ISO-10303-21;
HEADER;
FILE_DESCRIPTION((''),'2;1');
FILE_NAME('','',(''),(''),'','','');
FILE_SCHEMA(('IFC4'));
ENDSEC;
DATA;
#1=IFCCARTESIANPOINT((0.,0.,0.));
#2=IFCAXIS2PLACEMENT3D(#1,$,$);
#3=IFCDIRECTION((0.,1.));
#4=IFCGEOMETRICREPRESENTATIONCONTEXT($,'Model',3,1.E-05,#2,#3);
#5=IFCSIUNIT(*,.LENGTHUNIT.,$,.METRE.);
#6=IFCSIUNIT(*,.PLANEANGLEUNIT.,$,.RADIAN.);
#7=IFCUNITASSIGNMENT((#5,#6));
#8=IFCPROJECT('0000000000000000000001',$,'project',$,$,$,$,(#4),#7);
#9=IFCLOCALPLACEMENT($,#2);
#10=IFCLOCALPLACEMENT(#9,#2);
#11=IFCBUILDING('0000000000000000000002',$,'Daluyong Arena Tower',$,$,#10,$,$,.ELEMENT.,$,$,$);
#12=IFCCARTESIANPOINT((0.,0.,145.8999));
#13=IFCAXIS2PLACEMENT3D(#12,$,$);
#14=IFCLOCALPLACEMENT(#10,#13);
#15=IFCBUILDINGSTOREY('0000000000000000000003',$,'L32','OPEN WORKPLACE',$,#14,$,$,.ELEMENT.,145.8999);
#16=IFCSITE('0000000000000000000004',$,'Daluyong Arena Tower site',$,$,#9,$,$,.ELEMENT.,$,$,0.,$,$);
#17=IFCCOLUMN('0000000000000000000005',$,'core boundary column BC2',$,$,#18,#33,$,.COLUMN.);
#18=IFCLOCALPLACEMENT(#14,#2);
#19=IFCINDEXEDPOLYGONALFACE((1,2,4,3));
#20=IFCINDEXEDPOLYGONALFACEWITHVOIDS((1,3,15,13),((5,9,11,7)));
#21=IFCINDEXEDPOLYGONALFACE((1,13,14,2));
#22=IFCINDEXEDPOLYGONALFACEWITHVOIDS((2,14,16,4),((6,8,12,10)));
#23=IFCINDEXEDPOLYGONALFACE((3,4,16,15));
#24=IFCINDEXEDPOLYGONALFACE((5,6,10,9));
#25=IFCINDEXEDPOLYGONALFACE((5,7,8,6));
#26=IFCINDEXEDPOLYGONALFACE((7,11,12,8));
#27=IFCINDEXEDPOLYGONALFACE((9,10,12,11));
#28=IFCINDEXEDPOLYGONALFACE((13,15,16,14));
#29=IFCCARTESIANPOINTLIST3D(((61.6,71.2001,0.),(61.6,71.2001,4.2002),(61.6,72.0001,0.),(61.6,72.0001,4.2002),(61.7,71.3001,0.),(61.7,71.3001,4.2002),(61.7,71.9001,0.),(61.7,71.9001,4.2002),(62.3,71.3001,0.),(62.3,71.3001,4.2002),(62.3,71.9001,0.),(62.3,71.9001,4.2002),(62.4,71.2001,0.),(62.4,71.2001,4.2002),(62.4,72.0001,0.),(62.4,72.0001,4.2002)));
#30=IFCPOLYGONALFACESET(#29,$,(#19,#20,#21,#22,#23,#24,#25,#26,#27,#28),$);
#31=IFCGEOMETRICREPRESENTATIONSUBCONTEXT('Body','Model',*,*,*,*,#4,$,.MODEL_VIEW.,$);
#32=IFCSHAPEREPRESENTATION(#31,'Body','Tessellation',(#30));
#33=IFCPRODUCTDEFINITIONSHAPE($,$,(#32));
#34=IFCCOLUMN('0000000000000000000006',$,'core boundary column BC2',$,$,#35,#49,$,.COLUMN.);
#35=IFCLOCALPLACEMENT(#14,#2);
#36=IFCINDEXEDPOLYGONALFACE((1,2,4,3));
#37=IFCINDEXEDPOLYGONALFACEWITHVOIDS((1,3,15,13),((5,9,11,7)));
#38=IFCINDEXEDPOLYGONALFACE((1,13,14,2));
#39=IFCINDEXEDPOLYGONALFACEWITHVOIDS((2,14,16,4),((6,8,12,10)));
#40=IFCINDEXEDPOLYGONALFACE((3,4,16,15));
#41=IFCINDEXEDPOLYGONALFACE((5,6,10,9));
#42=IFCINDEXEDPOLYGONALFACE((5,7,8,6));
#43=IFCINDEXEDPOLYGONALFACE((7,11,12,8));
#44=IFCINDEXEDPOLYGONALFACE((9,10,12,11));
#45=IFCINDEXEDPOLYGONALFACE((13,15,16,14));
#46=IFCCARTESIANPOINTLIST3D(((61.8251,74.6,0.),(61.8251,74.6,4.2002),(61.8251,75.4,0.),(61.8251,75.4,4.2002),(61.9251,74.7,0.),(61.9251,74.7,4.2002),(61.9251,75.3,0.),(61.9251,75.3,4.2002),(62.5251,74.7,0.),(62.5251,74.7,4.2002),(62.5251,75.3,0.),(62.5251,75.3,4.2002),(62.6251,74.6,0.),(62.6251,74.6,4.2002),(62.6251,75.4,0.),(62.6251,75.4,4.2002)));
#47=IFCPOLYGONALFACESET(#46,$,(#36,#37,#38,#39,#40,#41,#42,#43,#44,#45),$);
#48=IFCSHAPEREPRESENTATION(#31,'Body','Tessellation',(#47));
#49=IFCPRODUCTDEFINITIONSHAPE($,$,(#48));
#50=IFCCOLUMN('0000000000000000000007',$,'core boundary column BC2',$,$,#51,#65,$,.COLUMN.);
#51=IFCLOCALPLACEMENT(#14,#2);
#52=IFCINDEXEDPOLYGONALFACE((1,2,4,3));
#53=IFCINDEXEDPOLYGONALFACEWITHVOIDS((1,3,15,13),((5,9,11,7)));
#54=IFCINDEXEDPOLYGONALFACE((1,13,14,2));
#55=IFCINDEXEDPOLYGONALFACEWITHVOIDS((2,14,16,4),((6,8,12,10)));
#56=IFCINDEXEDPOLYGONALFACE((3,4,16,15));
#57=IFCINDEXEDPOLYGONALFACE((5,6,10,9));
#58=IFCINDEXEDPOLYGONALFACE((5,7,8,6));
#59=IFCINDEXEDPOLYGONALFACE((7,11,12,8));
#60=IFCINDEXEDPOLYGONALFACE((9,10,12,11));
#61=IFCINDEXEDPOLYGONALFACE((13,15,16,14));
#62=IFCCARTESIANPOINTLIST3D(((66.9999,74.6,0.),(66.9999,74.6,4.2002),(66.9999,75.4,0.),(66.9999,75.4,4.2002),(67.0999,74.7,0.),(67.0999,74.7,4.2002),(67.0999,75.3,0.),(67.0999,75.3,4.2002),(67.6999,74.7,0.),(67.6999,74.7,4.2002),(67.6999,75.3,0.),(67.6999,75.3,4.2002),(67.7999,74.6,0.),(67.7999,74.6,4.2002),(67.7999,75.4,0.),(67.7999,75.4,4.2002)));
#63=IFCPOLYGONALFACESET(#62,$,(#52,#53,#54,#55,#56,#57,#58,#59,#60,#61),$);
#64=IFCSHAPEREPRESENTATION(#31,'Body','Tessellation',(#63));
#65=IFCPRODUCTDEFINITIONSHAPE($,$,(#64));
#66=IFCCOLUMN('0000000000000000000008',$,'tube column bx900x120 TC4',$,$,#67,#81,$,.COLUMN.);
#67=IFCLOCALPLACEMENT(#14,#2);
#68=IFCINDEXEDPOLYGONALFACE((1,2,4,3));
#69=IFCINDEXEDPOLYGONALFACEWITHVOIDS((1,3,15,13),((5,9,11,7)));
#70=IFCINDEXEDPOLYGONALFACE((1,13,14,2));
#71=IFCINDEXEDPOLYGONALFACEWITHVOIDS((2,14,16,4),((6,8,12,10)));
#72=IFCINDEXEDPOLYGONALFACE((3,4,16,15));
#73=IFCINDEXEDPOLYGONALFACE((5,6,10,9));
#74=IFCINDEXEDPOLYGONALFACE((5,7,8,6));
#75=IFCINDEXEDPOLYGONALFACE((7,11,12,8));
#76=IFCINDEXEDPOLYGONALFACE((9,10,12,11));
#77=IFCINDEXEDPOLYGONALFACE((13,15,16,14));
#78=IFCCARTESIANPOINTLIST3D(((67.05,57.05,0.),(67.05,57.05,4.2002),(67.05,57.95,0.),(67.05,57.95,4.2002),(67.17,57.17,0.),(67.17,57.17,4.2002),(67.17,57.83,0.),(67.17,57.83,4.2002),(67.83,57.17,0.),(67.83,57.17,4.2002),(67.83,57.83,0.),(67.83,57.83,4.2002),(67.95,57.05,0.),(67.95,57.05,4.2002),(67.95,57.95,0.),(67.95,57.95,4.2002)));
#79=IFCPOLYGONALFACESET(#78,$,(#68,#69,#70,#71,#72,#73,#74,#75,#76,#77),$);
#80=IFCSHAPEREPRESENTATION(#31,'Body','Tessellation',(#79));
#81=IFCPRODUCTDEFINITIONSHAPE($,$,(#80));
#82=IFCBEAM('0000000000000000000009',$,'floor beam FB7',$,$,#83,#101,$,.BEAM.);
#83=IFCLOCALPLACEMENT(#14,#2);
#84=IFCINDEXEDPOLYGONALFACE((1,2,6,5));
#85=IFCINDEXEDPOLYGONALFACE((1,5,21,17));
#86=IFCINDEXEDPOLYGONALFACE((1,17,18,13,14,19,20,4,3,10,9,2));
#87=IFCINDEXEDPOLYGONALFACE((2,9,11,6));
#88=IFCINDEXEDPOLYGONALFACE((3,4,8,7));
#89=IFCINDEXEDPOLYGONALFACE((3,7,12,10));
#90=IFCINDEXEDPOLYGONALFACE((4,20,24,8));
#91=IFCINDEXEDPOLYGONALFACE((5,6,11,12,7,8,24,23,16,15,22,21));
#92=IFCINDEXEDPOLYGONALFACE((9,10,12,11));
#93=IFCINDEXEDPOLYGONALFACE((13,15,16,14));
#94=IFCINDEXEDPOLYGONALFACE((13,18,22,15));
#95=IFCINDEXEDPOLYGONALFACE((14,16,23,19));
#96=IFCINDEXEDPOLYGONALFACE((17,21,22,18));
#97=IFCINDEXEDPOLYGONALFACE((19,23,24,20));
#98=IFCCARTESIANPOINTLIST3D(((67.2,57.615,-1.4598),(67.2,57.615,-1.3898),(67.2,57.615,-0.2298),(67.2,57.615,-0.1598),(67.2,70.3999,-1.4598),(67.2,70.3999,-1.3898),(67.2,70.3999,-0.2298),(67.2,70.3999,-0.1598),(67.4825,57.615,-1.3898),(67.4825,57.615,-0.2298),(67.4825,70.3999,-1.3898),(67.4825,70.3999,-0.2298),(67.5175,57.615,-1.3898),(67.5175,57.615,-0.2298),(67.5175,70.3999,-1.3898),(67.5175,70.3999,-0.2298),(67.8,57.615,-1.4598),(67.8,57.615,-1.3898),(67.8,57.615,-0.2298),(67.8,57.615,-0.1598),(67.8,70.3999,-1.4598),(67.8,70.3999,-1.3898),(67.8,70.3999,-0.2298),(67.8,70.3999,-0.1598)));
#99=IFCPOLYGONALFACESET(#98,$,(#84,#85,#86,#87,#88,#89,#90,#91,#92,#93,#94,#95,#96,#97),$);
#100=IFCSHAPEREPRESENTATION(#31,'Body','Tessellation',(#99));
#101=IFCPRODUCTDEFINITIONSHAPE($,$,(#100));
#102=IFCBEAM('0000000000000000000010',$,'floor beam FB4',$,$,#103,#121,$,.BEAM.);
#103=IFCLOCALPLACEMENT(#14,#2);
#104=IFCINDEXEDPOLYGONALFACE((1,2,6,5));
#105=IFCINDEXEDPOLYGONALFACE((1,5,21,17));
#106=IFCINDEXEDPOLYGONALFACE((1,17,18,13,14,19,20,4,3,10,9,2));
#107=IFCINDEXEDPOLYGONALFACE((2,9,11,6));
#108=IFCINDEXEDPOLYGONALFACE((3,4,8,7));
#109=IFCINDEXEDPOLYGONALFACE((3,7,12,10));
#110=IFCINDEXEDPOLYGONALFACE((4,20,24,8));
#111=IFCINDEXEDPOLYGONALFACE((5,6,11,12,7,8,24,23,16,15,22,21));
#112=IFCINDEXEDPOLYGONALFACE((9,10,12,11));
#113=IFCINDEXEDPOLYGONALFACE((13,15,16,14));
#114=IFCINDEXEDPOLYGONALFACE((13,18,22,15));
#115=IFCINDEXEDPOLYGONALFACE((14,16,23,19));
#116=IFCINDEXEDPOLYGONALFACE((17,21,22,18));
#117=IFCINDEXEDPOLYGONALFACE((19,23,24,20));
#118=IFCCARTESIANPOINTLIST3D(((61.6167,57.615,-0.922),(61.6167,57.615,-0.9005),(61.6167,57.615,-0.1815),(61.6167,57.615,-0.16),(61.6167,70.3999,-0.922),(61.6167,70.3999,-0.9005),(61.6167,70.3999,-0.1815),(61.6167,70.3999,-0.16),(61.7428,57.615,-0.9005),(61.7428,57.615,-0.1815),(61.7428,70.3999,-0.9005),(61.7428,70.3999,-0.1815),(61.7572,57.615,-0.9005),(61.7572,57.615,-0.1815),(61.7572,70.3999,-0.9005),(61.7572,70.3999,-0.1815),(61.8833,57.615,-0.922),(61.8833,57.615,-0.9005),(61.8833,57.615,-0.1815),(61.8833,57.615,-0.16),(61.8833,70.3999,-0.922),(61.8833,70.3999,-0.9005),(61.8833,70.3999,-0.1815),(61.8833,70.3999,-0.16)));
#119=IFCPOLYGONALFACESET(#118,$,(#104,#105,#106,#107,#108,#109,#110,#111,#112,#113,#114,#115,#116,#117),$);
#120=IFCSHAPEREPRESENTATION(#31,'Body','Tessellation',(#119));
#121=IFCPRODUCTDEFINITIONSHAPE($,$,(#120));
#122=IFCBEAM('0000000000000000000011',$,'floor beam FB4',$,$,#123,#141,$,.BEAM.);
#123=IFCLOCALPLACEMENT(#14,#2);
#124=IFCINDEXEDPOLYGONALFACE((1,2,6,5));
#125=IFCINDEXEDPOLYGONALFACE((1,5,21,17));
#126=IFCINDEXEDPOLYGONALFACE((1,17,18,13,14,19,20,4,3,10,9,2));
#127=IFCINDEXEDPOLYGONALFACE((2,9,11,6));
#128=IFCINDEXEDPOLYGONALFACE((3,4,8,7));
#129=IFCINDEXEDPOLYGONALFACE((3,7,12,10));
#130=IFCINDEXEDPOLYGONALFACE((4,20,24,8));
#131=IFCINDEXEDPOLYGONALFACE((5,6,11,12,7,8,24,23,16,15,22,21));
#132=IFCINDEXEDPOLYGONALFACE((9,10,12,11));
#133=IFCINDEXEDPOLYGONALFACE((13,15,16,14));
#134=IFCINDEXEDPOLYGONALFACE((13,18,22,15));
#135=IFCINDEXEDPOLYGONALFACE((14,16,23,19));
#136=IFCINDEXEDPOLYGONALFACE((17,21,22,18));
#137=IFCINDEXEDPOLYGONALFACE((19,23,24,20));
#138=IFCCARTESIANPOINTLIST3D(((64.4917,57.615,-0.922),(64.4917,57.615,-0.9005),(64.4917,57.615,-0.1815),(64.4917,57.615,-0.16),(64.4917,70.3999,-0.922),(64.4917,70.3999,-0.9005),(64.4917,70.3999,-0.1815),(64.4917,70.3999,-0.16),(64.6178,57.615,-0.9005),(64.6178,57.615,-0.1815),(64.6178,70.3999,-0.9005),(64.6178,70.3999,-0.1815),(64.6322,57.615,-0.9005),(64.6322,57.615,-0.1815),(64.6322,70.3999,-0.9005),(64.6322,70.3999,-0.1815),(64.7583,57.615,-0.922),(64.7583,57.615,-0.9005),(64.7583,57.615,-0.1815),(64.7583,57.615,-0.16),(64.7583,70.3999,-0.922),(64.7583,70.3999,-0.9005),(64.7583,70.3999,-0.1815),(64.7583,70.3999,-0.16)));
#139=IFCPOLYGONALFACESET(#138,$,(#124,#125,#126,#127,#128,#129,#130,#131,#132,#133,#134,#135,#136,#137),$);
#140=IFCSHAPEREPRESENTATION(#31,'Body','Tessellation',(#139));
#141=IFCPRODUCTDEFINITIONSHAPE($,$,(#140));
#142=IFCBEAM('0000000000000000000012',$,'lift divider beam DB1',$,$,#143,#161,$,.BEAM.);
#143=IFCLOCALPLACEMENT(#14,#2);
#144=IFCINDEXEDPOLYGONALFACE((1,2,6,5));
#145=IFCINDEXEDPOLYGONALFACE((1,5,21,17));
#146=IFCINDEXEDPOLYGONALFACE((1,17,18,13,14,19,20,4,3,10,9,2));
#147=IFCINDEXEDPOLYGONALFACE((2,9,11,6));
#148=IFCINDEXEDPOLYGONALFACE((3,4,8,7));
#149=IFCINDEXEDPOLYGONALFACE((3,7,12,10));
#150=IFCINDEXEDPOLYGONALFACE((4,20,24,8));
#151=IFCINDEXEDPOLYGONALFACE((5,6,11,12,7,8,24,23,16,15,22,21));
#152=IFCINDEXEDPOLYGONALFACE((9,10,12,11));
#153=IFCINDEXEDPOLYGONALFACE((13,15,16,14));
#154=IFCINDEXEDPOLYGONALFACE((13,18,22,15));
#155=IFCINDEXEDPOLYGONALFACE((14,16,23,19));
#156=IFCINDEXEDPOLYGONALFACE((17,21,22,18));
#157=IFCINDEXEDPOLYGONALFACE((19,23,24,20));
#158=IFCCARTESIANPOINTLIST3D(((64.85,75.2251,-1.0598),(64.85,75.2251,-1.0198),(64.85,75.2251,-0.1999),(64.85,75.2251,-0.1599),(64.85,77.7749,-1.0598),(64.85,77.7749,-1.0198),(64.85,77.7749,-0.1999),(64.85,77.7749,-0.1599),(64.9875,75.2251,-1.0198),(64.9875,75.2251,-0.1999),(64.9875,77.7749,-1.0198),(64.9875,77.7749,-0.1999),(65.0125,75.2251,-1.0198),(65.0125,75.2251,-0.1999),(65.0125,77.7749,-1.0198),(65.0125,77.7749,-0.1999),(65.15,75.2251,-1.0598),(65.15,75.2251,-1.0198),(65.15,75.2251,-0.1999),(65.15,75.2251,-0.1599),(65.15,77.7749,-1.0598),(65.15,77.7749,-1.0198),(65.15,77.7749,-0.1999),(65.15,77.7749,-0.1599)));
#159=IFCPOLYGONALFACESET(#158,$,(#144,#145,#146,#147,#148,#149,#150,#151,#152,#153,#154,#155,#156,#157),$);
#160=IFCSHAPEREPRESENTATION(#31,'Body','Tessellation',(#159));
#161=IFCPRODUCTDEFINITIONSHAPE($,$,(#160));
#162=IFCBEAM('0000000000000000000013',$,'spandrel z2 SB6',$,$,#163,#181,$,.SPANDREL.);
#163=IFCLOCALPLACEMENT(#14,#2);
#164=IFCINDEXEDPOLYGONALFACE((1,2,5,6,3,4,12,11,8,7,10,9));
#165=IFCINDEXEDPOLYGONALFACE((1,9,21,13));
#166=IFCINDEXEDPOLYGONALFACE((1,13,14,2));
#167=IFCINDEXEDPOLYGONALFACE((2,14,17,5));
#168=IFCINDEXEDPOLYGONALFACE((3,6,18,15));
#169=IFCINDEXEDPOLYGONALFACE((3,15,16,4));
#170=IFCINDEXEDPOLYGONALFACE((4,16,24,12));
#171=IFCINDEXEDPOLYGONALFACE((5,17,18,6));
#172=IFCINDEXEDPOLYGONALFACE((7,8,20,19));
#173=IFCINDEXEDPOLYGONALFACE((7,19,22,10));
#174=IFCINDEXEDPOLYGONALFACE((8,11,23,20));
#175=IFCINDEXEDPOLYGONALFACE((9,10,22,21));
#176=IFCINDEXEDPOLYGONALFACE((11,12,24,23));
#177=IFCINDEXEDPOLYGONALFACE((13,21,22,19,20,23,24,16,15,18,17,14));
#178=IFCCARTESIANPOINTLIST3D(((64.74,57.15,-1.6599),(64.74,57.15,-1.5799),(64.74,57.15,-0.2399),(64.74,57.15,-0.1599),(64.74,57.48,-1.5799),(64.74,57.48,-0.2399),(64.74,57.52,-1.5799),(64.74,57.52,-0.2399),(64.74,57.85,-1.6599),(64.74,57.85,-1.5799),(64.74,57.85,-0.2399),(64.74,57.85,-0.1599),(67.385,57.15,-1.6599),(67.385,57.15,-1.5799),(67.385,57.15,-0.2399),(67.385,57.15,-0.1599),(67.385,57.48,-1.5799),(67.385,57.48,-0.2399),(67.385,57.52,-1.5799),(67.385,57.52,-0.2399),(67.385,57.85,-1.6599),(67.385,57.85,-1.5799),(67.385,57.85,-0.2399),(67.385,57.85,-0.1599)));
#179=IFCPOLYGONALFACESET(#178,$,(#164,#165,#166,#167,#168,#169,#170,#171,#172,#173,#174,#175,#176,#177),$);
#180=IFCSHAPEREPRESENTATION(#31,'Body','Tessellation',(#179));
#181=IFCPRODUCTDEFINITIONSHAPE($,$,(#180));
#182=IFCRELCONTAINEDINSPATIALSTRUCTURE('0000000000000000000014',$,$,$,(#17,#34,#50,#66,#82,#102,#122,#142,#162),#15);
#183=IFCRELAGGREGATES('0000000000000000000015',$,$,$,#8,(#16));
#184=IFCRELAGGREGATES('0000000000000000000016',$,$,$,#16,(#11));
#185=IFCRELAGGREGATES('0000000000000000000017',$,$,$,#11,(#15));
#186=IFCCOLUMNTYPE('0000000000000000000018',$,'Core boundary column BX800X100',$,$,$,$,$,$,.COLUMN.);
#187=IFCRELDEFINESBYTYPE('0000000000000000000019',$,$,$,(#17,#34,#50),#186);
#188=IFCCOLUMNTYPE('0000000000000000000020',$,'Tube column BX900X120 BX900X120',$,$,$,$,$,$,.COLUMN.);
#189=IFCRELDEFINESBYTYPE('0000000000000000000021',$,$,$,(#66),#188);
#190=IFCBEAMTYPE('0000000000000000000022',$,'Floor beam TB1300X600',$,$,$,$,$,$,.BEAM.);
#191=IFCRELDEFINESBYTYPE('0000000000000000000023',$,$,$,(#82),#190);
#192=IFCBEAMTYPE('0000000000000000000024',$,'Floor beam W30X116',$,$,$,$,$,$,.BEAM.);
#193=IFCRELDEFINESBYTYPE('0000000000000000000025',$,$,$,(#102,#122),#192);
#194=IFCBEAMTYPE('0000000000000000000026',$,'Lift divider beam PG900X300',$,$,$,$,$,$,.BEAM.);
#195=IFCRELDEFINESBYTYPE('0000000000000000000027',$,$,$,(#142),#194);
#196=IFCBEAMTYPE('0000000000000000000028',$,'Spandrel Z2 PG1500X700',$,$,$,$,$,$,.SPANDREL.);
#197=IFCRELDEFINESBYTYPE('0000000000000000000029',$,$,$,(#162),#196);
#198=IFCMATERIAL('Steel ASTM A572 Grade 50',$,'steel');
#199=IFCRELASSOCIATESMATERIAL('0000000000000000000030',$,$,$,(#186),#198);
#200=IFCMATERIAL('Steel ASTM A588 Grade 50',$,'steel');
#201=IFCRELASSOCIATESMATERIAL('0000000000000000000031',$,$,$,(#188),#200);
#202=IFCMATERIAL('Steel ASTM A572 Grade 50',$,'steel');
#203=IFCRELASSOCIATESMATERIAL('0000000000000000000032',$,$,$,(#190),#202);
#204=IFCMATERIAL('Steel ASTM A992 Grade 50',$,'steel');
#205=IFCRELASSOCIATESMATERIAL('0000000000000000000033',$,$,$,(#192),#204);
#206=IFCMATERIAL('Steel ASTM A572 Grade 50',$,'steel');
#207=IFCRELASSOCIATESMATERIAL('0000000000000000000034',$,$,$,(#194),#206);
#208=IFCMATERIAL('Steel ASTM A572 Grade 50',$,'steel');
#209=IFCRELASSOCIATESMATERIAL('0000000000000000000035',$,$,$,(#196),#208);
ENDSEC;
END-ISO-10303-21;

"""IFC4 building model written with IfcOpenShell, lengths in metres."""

from ifc_helpers import new_model, si_unit, direction, frame, origin, origin_2d, place, context, subcontext, project, spatial, hollow_rectangle, i_section, extrude, material, material_profile, profile_set, type_object, element, save


model = new_model("IFC4")

# Units and contexts
model_context = context("Model", 3, precision=1e-05, world=origin(), true_north=direction((0.0, 1.0)))
body_context = subcontext(model_context, "Body", "Model", "MODEL_VIEW")
ifc_project = project(units=[si_unit("LENGTHUNIT", "METRE"), si_unit("PLANEANGLEUNIT", "RADIAN")], contexts=[model_context])

# Site, building, storey
site_placement = place(None, origin())
site = spatial("IfcSite", under=ifc_project, at=site_placement, Name="Daluyong Arena Tower site", CompositionType="ELEMENT", RefElevation=0.0)
building_placement = place(site_placement, origin())
building = spatial("IfcBuilding", under=site, at=building_placement, Name="Daluyong Arena Tower", CompositionType="ELEMENT")
storey_placement = place(building_placement, frame((0.0, 0.0, 145.8999)))
storey = spatial("IfcBuildingStorey", under=building, at=storey_placement, Name="L32", Description="OPEN WORKPLACE", CompositionType="ELEMENT", Elevation=145.8999)

# Columns
ifc_material_1 = material(Name="Steel ASTM A572 Grade 50", Category="steel")
ifc_material_profile_1 = material_profile(ifc_material_1, hollow_rectangle(XDim=0.8, YDim=0.8, WallThickness=0.1, at=origin_2d()))
ifc_profile_set_1 = profile_set([ifc_material_profile_1], Name="Steel ASTM A572 Grade 50")
column_type_1 = type_object("IfcColumnType", Name="Core boundary column BX800X100", PredefinedType="COLUMN", material=ifc_profile_set_1)
for number, where, z_axis, x_axis, name in (
    (1, (62.0, 71.6001, 0.0), (0.0, 0.0, 1.0), (1.0, 0.0, 0.0), "core boundary column BC2"),
    (2, (62.2251, 75.0, 0.0), (0.0, 0.0, 1.0), (1.0, 0.0, 0.0), "core boundary column BC2"),
    (3, (67.3999, 75.0, 0.0), (0.0, 0.0, 1.0), (1.0, 0.0, 0.0), "core boundary column BC2"),
):
    element("IfcColumn", number, at=place(storey_placement, frame(where, z_axis=z_axis, x_axis=x_axis)), inside=storey, type_object=column_type_1, Name=name, PredefinedType="COLUMN", context=body_context, shape_type="SweptSolid", body=[
        extrude(hollow_rectangle(XDim=0.8, YDim=0.8, WallThickness=0.1, at=origin_2d()), origin(), (0.0, 0.0, 1.0), 4.2002),
    ])
ifc_material_2 = material(Name="Steel ASTM A588 Grade 50", Category="steel")
ifc_material_profile_2 = material_profile(ifc_material_2, hollow_rectangle(XDim=0.8999, YDim=0.8999, WallThickness=0.12, at=origin_2d()))
ifc_profile_set_2 = profile_set([ifc_material_profile_2], Name="Steel ASTM A588 Grade 50")
column_type_2 = type_object("IfcColumnType", Name="Tube column BX900X120 BX900X120", PredefinedType="COLUMN", material=ifc_profile_set_2)
column_placement = place(storey_placement, frame((67.5, 57.5, 0.0), z_axis=(0.0, 0.0, 1.0), x_axis=(1.0, 0.0, 0.0)))
element("IfcColumn", 4, at=column_placement, inside=storey, type_object=column_type_2, Name="tube column bx900x120 TC4", PredefinedType="COLUMN", context=body_context, shape_type="SweptSolid", body=[
    extrude(hollow_rectangle(XDim=0.8999, YDim=0.8999, WallThickness=0.12, at=origin_2d()), origin(), (0.0, 0.0, 1.0), 4.2002),
])

# Beams
ifc_material_3 = material(Name="Steel ASTM A572 Grade 50", Category="steel")
ifc_material_profile_3 = material_profile(ifc_material_3, i_section(OverallWidth=0.6001, OverallDepth=1.3, WebThickness=0.035, FlangeThickness=0.07, at=origin_2d()))
ifc_profile_set_3 = profile_set([ifc_material_profile_3], Name="Steel ASTM A572 Grade 50")
beam_type_1 = type_object("IfcBeamType", Name="Floor beam TB1300X600", PredefinedType="BEAM", material=ifc_profile_set_3)
beam_1_placement = place(storey_placement, frame((67.5, 57.615, -0.8098), z_axis=(0.0, 1.0, 0.0), x_axis=(-1.0, 0.0, 0.0)))
element("IfcBeam", 5, at=beam_1_placement, inside=storey, type_object=beam_type_1, Name="floor beam FB7", PredefinedType="BEAM", context=body_context, shape_type="SweptSolid", body=[
    extrude(i_section(OverallWidth=0.6001, OverallDepth=1.3, WebThickness=0.035, FlangeThickness=0.07, at=origin_2d()), origin(), (0.0, 0.0, 1.0), 12.7849),
])
ifc_material_4 = material(Name="Steel ASTM A992 Grade 50", Category="steel")
ifc_material_profile_4 = material_profile(ifc_material_4, i_section(OverallWidth=0.2666, OverallDepth=0.762, WebThickness=0.0144, FlangeThickness=0.0215, at=origin_2d()))
ifc_profile_set_4 = profile_set([ifc_material_profile_4], Name="Steel ASTM A992 Grade 50")
beam_type_2 = type_object("IfcBeamType", Name="Floor beam W30X116", PredefinedType="BEAM", material=ifc_profile_set_4)
for number, where, z_axis, x_axis, name in (
    (6, (61.75, 57.615, -0.541), (0.0, 1.0, 0.0), (-1.0, 0.0, 0.0), "floor beam FB4"),
    (7, (64.625, 57.615, -0.541), (0.0, 1.0, 0.0), (-1.0, 0.0, 0.0), "floor beam FB4"),
):
    element("IfcBeam", number, at=place(storey_placement, frame(where, z_axis=z_axis, x_axis=x_axis)), inside=storey, type_object=beam_type_2, Name=name, PredefinedType="BEAM", context=body_context, shape_type="SweptSolid", body=[
        extrude(i_section(OverallWidth=0.2666, OverallDepth=0.762, WebThickness=0.0144, FlangeThickness=0.0215, at=origin_2d()), origin(), (0.0, 0.0, 1.0), 12.7849),
    ])
ifc_material_5 = material(Name="Steel ASTM A572 Grade 50", Category="steel")
ifc_material_profile_5 = material_profile(ifc_material_5, i_section(OverallWidth=0.3, OverallDepth=0.8999, WebThickness=0.025, FlangeThickness=0.04, at=origin_2d()))
ifc_profile_set_5 = profile_set([ifc_material_profile_5], Name="Steel ASTM A572 Grade 50")
beam_type_3 = type_object("IfcBeamType", Name="Lift divider beam PG900X300", PredefinedType="BEAM", material=ifc_profile_set_5)
beam_2_placement = place(storey_placement, frame((65.0, 75.2251, -0.6099), z_axis=(0.0, 1.0, 0.0), x_axis=(-1.0, 0.0, 0.0)))
element("IfcBeam", 8, at=beam_2_placement, inside=storey, type_object=beam_type_3, Name="lift divider beam DB1", PredefinedType="BEAM", context=body_context, shape_type="SweptSolid", body=[
    extrude(i_section(OverallWidth=0.3, OverallDepth=0.8999, WebThickness=0.025, FlangeThickness=0.04, at=origin_2d()), origin(), (0.0, 0.0, 1.0), 2.5498),
])
ifc_material_6 = material(Name="Steel ASTM A572 Grade 50", Category="steel")
ifc_material_profile_6 = material_profile(ifc_material_6, i_section(OverallWidth=0.7, OverallDepth=1.5, WebThickness=0.04, FlangeThickness=0.08, at=origin_2d()))
ifc_profile_set_6 = profile_set([ifc_material_profile_6], Name="Steel ASTM A572 Grade 50")
beam_type_4 = type_object("IfcBeamType", Name="Spandrel Z2 PG1500X700", PredefinedType="SPANDREL", material=ifc_profile_set_6)
for number, where, z_axis, x_axis, name in (
    (9, (64.74, 57.5, -0.9099), (1.0, 0.0, 0.0), (0.0, 1.0, 0.0), "spandrel z2 SB6"),
):
    element("IfcBeam", number, at=place(storey_placement, frame(where, z_axis=z_axis, x_axis=x_axis)), inside=storey, type_object=beam_type_4, Name=name, PredefinedType="SPANDREL", context=body_context, shape_type="SweptSolid", body=[
        extrude(i_section(OverallWidth=0.7, OverallDepth=1.5, WebThickness=0.04, FlangeThickness=0.08, at=origin_2d()), origin(), (0.0, 0.0, 1.0), 2.645),
    ])

save(model, "model.ifc")
